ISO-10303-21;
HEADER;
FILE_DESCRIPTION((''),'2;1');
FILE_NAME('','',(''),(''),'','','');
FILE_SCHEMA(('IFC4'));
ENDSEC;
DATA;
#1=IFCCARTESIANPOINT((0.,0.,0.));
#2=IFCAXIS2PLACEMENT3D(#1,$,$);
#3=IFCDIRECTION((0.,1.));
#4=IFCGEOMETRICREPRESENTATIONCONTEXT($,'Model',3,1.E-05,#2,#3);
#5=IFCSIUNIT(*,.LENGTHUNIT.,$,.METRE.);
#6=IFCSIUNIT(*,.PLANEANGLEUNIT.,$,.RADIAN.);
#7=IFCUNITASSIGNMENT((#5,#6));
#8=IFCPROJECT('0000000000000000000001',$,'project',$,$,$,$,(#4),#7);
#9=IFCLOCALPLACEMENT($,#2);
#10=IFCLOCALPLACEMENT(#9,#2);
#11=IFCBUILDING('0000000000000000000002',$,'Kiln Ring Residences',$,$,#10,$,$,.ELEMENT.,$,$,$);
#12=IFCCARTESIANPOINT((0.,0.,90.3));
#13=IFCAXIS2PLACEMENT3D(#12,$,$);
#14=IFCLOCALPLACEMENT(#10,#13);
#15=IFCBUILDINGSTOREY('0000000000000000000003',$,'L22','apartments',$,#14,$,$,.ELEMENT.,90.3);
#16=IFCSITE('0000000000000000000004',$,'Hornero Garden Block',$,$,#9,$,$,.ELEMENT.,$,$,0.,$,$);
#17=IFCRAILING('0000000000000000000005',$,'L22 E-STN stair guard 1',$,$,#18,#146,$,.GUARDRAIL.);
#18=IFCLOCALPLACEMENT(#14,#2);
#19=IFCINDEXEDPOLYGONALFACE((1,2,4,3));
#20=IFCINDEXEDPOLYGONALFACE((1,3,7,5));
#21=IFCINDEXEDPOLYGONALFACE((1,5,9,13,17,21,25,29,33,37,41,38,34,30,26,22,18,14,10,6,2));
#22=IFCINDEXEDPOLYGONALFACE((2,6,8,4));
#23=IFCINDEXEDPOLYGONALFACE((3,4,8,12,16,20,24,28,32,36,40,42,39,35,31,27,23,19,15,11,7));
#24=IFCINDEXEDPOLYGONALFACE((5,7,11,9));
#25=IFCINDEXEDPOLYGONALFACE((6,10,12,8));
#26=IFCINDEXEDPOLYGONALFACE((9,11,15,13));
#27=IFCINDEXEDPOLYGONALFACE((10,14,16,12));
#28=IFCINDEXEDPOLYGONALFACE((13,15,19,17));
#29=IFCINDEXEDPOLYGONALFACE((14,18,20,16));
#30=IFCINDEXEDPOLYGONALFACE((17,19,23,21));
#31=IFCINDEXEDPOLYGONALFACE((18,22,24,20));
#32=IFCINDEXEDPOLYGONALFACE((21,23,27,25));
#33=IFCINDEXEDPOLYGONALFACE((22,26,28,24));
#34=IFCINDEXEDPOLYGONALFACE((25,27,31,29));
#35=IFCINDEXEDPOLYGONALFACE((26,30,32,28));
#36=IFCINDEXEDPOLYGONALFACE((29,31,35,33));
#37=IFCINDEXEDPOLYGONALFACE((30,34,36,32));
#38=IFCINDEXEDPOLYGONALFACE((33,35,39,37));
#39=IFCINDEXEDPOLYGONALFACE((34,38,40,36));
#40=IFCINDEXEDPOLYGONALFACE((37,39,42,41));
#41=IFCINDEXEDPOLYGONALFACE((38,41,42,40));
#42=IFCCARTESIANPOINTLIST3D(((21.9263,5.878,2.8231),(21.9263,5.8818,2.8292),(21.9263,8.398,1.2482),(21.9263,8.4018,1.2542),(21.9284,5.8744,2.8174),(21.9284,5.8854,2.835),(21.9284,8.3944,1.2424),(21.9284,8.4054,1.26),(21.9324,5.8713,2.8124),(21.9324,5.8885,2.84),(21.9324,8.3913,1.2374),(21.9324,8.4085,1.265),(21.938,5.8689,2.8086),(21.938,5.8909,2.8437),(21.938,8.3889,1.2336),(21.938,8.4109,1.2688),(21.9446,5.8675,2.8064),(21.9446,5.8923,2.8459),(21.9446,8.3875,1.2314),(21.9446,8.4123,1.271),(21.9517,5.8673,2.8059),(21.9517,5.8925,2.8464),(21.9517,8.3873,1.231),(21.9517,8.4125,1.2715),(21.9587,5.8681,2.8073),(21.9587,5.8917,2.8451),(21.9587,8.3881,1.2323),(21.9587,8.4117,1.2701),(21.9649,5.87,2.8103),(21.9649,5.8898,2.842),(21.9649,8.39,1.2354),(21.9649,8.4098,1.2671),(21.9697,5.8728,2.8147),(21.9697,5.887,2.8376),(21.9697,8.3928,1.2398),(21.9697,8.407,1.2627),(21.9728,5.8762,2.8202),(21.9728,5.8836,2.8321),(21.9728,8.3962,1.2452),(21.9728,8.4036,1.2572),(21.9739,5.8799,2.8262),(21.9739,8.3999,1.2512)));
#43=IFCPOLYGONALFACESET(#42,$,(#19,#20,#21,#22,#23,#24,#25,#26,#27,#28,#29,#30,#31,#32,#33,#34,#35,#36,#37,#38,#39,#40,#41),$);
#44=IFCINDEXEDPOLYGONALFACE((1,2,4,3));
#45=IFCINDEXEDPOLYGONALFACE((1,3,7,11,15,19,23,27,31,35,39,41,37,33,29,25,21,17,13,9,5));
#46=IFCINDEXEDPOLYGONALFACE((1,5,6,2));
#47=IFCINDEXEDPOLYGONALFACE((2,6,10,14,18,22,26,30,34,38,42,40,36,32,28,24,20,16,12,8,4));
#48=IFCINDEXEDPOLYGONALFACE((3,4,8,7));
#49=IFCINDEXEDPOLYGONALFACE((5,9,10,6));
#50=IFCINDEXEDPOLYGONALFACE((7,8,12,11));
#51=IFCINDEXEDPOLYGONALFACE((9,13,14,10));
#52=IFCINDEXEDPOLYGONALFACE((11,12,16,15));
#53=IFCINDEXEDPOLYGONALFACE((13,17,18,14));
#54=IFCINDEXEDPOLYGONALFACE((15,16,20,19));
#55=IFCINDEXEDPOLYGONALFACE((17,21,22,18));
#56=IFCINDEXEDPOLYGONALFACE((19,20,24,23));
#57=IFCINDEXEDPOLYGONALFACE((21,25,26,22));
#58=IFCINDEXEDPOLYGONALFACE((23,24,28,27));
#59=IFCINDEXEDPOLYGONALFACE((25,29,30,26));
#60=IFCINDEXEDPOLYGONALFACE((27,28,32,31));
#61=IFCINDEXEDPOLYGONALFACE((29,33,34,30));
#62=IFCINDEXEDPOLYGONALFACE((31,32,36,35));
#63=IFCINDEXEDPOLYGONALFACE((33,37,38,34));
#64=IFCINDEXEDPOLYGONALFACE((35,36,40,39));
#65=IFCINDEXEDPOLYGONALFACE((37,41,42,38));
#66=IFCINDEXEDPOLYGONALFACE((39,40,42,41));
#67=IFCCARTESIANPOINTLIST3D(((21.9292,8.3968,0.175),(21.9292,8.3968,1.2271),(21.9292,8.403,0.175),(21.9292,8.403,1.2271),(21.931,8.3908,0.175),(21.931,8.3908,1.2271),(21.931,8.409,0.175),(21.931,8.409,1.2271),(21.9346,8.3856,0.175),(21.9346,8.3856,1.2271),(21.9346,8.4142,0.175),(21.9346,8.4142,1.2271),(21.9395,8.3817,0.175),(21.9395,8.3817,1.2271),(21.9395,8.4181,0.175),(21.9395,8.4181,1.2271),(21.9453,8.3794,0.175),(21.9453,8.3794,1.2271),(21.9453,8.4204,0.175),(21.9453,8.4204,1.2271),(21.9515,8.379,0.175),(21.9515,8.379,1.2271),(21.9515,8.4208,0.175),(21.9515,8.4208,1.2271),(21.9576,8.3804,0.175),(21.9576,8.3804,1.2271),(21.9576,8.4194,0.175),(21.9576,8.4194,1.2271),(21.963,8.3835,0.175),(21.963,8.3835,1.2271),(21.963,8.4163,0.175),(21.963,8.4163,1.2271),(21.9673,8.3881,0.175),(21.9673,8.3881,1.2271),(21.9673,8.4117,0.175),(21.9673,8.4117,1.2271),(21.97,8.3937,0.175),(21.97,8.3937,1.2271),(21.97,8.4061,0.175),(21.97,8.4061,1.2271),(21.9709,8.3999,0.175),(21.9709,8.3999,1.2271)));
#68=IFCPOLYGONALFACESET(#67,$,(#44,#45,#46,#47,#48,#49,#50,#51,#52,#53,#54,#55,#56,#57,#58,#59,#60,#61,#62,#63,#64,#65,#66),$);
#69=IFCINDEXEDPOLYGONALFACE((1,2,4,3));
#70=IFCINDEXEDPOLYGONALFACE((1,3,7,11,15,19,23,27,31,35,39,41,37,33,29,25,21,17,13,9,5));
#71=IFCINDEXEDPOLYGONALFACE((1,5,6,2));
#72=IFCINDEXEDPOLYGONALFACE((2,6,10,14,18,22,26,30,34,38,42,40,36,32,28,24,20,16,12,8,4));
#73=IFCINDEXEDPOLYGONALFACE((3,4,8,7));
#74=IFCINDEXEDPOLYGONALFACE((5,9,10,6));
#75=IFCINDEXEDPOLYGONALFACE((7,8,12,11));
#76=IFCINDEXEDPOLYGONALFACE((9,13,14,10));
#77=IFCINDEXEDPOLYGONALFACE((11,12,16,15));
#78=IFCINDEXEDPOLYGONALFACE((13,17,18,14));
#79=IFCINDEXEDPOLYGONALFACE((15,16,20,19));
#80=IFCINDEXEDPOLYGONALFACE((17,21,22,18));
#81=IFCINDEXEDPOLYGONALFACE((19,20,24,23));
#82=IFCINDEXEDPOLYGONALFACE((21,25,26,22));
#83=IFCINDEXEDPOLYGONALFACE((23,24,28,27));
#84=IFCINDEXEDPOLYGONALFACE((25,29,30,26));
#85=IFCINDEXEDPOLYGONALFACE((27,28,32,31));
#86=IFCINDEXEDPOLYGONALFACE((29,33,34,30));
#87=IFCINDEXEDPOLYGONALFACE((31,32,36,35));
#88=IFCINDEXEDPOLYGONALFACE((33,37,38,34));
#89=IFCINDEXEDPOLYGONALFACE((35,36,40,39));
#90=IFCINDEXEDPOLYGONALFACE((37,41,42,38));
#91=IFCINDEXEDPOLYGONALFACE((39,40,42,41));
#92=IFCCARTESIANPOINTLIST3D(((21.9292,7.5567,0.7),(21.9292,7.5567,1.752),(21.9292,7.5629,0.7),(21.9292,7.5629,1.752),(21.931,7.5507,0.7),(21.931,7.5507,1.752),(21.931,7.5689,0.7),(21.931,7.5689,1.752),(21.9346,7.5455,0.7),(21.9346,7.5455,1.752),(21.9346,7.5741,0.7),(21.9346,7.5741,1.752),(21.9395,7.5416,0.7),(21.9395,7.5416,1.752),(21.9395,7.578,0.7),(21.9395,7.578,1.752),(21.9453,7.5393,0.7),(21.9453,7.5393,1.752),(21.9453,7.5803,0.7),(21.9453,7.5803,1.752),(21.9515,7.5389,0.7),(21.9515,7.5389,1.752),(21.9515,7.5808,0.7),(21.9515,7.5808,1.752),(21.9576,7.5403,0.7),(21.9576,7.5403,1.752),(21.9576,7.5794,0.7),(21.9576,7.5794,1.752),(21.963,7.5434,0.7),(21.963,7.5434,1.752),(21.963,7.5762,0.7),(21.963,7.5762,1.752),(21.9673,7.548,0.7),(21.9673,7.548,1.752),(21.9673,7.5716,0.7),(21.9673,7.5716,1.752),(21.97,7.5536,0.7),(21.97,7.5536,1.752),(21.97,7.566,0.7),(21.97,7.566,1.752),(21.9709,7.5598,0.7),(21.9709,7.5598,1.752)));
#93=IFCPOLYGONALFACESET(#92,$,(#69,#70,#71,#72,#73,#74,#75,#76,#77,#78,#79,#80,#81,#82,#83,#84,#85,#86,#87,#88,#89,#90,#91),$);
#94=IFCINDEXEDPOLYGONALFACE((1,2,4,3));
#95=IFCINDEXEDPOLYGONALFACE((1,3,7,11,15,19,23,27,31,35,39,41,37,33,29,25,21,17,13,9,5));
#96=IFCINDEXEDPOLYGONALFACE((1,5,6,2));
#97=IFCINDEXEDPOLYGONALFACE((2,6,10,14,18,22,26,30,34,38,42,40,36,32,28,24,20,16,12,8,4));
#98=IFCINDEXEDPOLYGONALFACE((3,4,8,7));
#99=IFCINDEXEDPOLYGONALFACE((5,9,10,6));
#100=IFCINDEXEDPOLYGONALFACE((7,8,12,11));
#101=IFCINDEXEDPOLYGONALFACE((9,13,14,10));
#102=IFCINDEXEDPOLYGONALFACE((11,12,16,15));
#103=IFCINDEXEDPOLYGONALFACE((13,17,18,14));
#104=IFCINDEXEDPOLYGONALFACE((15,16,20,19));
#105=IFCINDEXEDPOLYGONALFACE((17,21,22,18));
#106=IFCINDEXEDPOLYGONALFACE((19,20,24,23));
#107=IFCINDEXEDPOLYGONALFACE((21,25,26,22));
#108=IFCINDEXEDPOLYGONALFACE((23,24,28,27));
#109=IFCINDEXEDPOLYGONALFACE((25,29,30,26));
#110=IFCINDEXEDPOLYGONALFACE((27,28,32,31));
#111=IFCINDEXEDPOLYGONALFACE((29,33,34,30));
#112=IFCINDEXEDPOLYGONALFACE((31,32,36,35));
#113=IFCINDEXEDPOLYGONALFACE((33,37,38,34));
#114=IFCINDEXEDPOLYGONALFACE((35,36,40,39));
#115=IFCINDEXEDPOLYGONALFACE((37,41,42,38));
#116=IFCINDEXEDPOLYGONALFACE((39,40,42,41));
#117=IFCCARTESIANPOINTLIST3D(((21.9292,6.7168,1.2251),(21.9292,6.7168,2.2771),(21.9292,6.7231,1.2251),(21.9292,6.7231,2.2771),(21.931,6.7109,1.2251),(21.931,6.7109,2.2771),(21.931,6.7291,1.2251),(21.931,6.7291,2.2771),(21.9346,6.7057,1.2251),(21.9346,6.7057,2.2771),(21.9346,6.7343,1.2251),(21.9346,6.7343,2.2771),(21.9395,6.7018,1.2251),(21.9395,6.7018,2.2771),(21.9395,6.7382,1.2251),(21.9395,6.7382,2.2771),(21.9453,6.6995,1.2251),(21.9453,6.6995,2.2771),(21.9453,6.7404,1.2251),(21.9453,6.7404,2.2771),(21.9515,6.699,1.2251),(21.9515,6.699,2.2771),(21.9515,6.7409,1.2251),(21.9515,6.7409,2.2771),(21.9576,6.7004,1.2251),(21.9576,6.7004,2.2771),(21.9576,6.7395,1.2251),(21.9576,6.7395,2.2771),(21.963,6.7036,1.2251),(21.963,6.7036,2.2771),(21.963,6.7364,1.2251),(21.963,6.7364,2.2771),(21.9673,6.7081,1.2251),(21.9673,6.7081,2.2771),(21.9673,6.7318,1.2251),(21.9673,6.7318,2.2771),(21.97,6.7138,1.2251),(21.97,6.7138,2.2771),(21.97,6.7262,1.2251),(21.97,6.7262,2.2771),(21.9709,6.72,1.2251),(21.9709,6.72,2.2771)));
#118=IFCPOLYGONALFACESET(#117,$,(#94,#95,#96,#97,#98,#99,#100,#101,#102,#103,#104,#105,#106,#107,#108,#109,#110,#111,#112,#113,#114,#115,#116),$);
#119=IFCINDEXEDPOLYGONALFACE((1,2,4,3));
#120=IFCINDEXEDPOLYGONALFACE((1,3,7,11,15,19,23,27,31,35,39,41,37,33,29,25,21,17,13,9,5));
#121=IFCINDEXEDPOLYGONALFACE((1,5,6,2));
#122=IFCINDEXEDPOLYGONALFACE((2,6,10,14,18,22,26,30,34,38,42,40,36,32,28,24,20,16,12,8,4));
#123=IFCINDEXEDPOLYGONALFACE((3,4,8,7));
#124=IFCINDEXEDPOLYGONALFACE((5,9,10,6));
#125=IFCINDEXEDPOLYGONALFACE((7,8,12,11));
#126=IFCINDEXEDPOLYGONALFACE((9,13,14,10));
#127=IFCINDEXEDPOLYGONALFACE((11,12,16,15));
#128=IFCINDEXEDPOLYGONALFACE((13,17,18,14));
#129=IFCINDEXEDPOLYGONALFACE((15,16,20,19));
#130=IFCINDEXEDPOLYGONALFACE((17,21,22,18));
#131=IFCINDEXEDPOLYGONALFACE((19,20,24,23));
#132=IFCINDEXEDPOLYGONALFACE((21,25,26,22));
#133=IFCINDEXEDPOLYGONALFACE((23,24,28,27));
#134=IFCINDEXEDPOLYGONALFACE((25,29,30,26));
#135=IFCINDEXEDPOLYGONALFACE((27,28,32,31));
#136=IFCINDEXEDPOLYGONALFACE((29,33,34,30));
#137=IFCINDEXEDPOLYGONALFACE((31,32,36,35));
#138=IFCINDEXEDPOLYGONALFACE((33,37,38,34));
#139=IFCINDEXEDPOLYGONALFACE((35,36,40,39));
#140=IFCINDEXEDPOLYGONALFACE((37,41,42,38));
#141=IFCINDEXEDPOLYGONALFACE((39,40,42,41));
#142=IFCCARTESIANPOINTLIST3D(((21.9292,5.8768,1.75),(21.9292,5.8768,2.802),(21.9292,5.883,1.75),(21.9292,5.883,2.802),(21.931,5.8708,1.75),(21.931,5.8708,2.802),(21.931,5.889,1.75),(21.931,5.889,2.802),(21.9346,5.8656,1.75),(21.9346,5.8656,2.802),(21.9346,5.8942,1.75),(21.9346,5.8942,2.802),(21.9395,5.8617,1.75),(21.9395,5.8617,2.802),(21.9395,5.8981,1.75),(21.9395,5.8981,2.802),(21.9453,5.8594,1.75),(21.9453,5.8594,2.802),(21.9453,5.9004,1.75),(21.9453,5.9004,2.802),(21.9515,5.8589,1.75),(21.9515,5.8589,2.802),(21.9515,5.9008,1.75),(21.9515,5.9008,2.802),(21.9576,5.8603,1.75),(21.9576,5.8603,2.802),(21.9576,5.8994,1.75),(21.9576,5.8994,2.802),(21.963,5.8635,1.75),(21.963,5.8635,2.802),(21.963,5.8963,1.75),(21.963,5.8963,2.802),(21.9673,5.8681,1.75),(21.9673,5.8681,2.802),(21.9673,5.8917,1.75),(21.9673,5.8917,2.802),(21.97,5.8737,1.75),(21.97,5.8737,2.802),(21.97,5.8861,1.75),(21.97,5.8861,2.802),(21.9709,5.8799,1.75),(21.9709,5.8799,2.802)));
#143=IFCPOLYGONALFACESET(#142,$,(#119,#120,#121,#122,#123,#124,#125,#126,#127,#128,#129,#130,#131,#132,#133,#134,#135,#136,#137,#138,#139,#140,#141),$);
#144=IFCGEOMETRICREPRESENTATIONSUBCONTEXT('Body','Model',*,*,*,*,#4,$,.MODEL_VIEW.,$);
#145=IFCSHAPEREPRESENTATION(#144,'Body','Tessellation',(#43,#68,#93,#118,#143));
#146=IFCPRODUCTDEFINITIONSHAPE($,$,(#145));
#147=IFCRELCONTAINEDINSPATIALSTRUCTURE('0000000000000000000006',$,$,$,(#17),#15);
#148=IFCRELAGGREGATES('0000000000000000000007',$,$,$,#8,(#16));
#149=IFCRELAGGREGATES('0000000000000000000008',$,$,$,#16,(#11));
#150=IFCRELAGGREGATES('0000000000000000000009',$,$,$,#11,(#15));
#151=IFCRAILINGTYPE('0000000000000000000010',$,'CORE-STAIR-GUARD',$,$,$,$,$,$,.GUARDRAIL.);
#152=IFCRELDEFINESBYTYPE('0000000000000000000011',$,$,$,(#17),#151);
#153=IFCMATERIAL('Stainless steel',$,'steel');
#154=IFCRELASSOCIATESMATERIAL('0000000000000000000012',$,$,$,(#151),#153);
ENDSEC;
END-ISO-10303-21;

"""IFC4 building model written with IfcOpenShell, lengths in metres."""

from ifc_helpers import new_model, si_unit, direction, frame, origin, origin_2d, place, context, subcontext, project, spatial, circle, extrude, material, type_object, element, save


model = new_model("IFC4")

# Units and contexts
model_context = context("Model", 3, precision=1e-05, world=origin(), true_north=direction((0.0, 1.0)))
body_context = subcontext(model_context, "Body", "Model", "MODEL_VIEW")
ifc_project = project(units=[si_unit("LENGTHUNIT", "METRE"), si_unit("PLANEANGLEUNIT", "RADIAN")], contexts=[model_context])

# Site, building, storey
site_placement = place(None, origin())
site = spatial("IfcSite", under=ifc_project, at=site_placement, Name="Hornero Garden Block", CompositionType="ELEMENT", RefElevation=0.0)
building_placement = place(site_placement, origin())
building = spatial("IfcBuilding", under=site, at=building_placement, Name="Kiln Ring Residences", CompositionType="ELEMENT")
storey_placement = place(building_placement, frame((0.0, 0.0, 90.3)))
storey = spatial("IfcBuildingStorey", under=building, at=storey_placement, Name="L22", Description="apartments", CompositionType="ELEMENT", Elevation=90.3)

# Railing
ifc_material_1 = material(Name="Stainless steel", Category="steel")
railing_type = type_object("IfcRailingType", Name="CORE-STAIR-GUARD", PredefinedType="GUARDRAIL", material=ifc_material_1)
railing_1_placement = place(storey_placement, frame((21.95, 8.3999, 0.175)))
element("IfcRailing", 1, at=railing_1_placement, inside=storey, type_object=railing_type, Name="L22 E-STN stair guard 1", PredefinedType="GUARDRAIL", context=body_context, shape_type="SweptSolid", body=[
    extrude(circle(Radius=0.0239, at=origin_2d()), frame((0.0, 0.0, 1.0762), z_axis=(0.0, -0.848008, 0.529984), x_axis=(1.0, 0.0, 0.0)), (0.0, 0.0, 1.0), 2.9717),
    extrude(circle(Radius=0.021, at=origin_2d()), origin(), (0.0, 0.0, 1.0), 1.052),
    extrude(circle(Radius=0.021, at=origin_2d()), frame((0.0, -0.8401, 0.5249)), (0.0, 0.0, 1.0), 1.052),
    extrude(circle(Radius=0.021, at=origin_2d()), frame((0.0, -1.6799, 1.05)), (0.0, 0.0, 1.0), 1.052),
    extrude(circle(Radius=0.021, at=origin_2d()), frame((0.0, -2.52, 1.575)), (0.0, 0.0, 1.0), 1.052),
])

save(model, "model.ifc")
